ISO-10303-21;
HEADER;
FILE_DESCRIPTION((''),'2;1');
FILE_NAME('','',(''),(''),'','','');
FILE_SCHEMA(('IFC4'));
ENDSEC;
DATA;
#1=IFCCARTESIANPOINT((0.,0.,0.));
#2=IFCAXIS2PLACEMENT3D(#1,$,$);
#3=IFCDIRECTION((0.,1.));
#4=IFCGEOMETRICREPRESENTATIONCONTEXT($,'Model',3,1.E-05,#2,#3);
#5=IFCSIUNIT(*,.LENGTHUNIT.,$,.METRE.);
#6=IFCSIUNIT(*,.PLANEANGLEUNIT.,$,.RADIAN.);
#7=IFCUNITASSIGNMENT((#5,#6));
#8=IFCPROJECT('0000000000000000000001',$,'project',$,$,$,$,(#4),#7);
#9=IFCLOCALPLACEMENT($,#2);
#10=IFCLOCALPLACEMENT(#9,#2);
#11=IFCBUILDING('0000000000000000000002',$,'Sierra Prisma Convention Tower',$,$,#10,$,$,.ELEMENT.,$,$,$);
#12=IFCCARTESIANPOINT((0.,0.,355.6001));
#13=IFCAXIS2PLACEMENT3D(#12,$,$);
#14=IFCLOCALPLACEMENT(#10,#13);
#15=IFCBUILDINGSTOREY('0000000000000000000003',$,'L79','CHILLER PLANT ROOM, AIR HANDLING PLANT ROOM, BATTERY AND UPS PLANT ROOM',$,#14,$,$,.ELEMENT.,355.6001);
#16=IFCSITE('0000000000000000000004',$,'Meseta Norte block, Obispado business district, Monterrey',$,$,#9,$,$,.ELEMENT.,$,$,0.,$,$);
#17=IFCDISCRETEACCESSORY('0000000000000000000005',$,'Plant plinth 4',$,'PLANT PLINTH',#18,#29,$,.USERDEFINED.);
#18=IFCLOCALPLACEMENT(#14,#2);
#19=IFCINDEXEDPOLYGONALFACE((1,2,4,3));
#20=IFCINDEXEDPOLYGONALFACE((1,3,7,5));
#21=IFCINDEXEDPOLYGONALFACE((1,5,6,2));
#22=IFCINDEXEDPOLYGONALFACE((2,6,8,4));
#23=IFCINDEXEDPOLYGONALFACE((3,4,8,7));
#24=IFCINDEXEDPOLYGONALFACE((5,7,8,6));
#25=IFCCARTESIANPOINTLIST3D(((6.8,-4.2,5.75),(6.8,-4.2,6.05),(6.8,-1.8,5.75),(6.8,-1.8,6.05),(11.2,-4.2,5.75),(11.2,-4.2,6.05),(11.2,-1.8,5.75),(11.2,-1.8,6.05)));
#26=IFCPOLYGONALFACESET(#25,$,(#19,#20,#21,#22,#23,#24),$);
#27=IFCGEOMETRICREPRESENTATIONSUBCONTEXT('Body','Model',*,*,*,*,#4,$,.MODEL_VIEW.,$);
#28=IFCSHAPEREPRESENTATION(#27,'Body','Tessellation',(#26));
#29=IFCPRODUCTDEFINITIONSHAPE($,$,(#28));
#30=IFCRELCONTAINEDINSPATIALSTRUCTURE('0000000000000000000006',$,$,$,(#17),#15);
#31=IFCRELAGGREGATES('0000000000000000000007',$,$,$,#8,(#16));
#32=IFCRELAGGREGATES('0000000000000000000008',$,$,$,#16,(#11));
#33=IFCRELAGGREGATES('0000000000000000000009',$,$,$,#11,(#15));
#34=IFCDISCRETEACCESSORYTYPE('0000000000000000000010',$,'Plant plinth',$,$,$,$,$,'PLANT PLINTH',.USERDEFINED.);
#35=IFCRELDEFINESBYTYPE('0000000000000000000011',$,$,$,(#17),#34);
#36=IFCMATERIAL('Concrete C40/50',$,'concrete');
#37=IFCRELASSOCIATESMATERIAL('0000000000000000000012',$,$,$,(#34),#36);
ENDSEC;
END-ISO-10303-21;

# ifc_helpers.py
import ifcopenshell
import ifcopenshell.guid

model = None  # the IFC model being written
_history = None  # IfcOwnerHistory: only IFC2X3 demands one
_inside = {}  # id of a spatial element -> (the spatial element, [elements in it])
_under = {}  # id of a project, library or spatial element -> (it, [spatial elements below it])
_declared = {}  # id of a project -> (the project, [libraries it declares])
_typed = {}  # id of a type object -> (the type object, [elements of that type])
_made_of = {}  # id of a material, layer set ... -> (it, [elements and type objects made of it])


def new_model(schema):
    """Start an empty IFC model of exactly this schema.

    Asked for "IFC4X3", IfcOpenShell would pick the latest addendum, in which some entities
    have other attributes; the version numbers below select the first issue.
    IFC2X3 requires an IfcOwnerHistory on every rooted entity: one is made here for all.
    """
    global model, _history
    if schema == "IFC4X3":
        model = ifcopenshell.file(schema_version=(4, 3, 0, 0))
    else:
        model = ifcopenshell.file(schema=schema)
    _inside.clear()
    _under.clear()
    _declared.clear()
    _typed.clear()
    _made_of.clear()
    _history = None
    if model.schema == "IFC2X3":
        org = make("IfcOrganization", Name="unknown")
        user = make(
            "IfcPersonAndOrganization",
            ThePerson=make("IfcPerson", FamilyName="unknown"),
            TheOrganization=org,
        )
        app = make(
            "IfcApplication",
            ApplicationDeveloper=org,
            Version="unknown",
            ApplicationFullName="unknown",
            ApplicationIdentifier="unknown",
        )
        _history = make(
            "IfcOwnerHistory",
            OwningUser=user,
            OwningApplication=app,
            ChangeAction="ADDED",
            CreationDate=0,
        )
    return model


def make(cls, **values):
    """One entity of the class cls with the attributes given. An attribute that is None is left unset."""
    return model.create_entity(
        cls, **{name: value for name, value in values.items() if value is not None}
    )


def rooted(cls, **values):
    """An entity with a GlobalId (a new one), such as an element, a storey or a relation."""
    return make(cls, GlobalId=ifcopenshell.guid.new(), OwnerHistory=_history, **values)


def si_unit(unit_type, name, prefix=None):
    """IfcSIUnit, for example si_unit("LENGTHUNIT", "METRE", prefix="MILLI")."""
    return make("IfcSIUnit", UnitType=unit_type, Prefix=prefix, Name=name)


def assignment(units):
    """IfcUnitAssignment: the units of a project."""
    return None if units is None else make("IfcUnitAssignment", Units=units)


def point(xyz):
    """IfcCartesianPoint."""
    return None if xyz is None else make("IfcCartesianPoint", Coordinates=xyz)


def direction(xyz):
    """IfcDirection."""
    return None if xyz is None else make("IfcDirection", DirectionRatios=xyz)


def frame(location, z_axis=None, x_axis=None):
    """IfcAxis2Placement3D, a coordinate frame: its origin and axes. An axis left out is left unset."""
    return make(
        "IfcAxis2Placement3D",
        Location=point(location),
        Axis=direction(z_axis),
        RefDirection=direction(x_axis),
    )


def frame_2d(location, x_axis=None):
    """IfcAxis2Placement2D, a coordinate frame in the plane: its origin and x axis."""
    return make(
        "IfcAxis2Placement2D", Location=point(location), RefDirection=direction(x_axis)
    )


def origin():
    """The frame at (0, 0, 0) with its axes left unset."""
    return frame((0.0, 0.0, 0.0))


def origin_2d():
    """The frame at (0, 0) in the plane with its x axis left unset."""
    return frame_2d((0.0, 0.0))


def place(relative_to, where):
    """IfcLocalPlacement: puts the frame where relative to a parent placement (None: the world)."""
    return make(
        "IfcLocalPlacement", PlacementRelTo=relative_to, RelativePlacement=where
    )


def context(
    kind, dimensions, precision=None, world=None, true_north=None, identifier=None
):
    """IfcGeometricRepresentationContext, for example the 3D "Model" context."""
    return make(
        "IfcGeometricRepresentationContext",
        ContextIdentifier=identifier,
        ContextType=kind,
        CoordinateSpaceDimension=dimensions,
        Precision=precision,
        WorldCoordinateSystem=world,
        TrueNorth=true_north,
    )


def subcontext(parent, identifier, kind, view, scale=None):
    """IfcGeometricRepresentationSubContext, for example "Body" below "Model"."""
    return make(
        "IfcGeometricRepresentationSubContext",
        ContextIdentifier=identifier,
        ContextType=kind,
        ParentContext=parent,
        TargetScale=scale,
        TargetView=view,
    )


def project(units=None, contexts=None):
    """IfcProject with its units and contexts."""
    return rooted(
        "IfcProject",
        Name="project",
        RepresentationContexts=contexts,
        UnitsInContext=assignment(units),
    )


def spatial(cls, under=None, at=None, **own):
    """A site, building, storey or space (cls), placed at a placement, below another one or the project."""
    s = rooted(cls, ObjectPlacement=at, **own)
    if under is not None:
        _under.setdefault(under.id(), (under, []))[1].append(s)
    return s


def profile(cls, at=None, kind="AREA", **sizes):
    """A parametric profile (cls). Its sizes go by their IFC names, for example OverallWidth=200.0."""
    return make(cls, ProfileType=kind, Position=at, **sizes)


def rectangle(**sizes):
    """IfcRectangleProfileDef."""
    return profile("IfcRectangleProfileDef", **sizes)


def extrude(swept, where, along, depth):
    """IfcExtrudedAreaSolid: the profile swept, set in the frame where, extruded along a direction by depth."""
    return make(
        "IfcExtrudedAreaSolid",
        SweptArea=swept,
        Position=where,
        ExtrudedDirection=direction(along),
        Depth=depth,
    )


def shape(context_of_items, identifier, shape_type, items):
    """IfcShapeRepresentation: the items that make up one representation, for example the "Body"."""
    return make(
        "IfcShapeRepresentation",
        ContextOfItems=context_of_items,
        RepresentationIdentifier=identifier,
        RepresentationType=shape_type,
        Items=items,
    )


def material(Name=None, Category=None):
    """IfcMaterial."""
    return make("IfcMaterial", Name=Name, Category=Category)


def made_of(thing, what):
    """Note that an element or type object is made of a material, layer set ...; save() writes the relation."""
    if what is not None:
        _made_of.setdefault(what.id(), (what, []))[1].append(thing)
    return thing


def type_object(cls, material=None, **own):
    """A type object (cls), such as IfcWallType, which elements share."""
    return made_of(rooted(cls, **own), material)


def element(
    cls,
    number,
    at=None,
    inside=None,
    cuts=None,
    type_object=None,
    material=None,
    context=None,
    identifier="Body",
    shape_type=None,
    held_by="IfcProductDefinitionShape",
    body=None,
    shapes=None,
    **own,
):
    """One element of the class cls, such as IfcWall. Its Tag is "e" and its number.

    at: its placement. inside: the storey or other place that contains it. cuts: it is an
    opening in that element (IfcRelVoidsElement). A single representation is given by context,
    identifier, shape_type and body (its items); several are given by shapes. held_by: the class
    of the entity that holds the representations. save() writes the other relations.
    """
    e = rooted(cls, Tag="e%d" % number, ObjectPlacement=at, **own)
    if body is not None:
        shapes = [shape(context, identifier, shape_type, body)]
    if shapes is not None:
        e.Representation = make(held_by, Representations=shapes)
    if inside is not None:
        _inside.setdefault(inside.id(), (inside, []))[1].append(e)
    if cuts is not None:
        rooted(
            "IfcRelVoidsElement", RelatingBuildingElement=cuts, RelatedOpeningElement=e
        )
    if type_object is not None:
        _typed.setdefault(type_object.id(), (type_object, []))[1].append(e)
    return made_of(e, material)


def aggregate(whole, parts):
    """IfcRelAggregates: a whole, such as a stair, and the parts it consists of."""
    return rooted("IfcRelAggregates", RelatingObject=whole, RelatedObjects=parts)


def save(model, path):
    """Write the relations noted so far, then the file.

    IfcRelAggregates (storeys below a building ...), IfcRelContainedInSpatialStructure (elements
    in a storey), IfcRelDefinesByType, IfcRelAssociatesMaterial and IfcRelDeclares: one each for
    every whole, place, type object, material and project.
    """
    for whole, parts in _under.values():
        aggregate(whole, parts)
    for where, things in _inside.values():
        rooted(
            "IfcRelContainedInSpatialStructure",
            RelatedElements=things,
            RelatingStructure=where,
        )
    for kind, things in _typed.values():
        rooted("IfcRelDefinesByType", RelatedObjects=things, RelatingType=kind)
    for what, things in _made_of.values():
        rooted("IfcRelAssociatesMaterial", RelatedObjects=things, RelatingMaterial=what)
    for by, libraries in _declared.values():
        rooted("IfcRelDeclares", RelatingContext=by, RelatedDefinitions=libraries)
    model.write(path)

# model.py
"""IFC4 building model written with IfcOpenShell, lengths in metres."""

from ifc_helpers import new_model, si_unit, direction, frame, origin, origin_2d, place, context, subcontext, project, spatial, rectangle, extrude, material, type_object, element, save


model = new_model("IFC4")

# Units and contexts
model_context = context("Model", 3, precision=1e-05, world=origin(), true_north=direction((0.0, 1.0)))
body_context = subcontext(model_context, "Body", "Model", "MODEL_VIEW")
ifc_project = project(units=[si_unit("LENGTHUNIT", "METRE"), si_unit("PLANEANGLEUNIT", "RADIAN")], contexts=[model_context])

# Site, building, storey
site_placement = place(None, origin())
site = spatial("IfcSite", under=ifc_project, at=site_placement, Name="Meseta Norte block, Obispado business district, Monterrey", CompositionType="ELEMENT", RefElevation=0.0)
building_placement = place(site_placement, origin())
building = spatial("IfcBuilding", under=site, at=building_placement, Name="Sierra Prisma Convention Tower", CompositionType="ELEMENT")
storey_placement = place(building_placement, frame((0.0, 0.0, 355.6001)))
storey = spatial("IfcBuildingStorey", under=building, at=storey_placement, Name="L79", Description="CHILLER PLANT ROOM, AIR HANDLING PLANT ROOM, BATTERY AND UPS PLANT ROOM", CompositionType="ELEMENT", Elevation=355.6001)

# Discrete accessory
ifc_material_1 = material(Name="Concrete C40/50", Category="concrete")
discrete_accessory_type = type_object("IfcDiscreteAccessoryType", Name="Plant plinth", ElementType="PLANT PLINTH", PredefinedType="USERDEFINED", material=ifc_material_1)
discrete_accessory_placement = place(storey_placement, frame((9.0, -3.0, 5.75), z_axis=(0.0, 0.0, 1.0), x_axis=(1.0, 0.0, 0.0)))
element("IfcDiscreteAccessory", 1, at=discrete_accessory_placement, inside=storey, type_object=discrete_accessory_type, Name="Plant plinth 4", ObjectType="PLANT PLINTH", PredefinedType="USERDEFINED", context=body_context, shape_type="SweptSolid", body=[
    extrude(rectangle(XDim=4.3999, YDim=2.3999, at=origin_2d()), origin(), (0.0, 0.0, 1.0), 0.3),
])

save(model, "model.ifc")
